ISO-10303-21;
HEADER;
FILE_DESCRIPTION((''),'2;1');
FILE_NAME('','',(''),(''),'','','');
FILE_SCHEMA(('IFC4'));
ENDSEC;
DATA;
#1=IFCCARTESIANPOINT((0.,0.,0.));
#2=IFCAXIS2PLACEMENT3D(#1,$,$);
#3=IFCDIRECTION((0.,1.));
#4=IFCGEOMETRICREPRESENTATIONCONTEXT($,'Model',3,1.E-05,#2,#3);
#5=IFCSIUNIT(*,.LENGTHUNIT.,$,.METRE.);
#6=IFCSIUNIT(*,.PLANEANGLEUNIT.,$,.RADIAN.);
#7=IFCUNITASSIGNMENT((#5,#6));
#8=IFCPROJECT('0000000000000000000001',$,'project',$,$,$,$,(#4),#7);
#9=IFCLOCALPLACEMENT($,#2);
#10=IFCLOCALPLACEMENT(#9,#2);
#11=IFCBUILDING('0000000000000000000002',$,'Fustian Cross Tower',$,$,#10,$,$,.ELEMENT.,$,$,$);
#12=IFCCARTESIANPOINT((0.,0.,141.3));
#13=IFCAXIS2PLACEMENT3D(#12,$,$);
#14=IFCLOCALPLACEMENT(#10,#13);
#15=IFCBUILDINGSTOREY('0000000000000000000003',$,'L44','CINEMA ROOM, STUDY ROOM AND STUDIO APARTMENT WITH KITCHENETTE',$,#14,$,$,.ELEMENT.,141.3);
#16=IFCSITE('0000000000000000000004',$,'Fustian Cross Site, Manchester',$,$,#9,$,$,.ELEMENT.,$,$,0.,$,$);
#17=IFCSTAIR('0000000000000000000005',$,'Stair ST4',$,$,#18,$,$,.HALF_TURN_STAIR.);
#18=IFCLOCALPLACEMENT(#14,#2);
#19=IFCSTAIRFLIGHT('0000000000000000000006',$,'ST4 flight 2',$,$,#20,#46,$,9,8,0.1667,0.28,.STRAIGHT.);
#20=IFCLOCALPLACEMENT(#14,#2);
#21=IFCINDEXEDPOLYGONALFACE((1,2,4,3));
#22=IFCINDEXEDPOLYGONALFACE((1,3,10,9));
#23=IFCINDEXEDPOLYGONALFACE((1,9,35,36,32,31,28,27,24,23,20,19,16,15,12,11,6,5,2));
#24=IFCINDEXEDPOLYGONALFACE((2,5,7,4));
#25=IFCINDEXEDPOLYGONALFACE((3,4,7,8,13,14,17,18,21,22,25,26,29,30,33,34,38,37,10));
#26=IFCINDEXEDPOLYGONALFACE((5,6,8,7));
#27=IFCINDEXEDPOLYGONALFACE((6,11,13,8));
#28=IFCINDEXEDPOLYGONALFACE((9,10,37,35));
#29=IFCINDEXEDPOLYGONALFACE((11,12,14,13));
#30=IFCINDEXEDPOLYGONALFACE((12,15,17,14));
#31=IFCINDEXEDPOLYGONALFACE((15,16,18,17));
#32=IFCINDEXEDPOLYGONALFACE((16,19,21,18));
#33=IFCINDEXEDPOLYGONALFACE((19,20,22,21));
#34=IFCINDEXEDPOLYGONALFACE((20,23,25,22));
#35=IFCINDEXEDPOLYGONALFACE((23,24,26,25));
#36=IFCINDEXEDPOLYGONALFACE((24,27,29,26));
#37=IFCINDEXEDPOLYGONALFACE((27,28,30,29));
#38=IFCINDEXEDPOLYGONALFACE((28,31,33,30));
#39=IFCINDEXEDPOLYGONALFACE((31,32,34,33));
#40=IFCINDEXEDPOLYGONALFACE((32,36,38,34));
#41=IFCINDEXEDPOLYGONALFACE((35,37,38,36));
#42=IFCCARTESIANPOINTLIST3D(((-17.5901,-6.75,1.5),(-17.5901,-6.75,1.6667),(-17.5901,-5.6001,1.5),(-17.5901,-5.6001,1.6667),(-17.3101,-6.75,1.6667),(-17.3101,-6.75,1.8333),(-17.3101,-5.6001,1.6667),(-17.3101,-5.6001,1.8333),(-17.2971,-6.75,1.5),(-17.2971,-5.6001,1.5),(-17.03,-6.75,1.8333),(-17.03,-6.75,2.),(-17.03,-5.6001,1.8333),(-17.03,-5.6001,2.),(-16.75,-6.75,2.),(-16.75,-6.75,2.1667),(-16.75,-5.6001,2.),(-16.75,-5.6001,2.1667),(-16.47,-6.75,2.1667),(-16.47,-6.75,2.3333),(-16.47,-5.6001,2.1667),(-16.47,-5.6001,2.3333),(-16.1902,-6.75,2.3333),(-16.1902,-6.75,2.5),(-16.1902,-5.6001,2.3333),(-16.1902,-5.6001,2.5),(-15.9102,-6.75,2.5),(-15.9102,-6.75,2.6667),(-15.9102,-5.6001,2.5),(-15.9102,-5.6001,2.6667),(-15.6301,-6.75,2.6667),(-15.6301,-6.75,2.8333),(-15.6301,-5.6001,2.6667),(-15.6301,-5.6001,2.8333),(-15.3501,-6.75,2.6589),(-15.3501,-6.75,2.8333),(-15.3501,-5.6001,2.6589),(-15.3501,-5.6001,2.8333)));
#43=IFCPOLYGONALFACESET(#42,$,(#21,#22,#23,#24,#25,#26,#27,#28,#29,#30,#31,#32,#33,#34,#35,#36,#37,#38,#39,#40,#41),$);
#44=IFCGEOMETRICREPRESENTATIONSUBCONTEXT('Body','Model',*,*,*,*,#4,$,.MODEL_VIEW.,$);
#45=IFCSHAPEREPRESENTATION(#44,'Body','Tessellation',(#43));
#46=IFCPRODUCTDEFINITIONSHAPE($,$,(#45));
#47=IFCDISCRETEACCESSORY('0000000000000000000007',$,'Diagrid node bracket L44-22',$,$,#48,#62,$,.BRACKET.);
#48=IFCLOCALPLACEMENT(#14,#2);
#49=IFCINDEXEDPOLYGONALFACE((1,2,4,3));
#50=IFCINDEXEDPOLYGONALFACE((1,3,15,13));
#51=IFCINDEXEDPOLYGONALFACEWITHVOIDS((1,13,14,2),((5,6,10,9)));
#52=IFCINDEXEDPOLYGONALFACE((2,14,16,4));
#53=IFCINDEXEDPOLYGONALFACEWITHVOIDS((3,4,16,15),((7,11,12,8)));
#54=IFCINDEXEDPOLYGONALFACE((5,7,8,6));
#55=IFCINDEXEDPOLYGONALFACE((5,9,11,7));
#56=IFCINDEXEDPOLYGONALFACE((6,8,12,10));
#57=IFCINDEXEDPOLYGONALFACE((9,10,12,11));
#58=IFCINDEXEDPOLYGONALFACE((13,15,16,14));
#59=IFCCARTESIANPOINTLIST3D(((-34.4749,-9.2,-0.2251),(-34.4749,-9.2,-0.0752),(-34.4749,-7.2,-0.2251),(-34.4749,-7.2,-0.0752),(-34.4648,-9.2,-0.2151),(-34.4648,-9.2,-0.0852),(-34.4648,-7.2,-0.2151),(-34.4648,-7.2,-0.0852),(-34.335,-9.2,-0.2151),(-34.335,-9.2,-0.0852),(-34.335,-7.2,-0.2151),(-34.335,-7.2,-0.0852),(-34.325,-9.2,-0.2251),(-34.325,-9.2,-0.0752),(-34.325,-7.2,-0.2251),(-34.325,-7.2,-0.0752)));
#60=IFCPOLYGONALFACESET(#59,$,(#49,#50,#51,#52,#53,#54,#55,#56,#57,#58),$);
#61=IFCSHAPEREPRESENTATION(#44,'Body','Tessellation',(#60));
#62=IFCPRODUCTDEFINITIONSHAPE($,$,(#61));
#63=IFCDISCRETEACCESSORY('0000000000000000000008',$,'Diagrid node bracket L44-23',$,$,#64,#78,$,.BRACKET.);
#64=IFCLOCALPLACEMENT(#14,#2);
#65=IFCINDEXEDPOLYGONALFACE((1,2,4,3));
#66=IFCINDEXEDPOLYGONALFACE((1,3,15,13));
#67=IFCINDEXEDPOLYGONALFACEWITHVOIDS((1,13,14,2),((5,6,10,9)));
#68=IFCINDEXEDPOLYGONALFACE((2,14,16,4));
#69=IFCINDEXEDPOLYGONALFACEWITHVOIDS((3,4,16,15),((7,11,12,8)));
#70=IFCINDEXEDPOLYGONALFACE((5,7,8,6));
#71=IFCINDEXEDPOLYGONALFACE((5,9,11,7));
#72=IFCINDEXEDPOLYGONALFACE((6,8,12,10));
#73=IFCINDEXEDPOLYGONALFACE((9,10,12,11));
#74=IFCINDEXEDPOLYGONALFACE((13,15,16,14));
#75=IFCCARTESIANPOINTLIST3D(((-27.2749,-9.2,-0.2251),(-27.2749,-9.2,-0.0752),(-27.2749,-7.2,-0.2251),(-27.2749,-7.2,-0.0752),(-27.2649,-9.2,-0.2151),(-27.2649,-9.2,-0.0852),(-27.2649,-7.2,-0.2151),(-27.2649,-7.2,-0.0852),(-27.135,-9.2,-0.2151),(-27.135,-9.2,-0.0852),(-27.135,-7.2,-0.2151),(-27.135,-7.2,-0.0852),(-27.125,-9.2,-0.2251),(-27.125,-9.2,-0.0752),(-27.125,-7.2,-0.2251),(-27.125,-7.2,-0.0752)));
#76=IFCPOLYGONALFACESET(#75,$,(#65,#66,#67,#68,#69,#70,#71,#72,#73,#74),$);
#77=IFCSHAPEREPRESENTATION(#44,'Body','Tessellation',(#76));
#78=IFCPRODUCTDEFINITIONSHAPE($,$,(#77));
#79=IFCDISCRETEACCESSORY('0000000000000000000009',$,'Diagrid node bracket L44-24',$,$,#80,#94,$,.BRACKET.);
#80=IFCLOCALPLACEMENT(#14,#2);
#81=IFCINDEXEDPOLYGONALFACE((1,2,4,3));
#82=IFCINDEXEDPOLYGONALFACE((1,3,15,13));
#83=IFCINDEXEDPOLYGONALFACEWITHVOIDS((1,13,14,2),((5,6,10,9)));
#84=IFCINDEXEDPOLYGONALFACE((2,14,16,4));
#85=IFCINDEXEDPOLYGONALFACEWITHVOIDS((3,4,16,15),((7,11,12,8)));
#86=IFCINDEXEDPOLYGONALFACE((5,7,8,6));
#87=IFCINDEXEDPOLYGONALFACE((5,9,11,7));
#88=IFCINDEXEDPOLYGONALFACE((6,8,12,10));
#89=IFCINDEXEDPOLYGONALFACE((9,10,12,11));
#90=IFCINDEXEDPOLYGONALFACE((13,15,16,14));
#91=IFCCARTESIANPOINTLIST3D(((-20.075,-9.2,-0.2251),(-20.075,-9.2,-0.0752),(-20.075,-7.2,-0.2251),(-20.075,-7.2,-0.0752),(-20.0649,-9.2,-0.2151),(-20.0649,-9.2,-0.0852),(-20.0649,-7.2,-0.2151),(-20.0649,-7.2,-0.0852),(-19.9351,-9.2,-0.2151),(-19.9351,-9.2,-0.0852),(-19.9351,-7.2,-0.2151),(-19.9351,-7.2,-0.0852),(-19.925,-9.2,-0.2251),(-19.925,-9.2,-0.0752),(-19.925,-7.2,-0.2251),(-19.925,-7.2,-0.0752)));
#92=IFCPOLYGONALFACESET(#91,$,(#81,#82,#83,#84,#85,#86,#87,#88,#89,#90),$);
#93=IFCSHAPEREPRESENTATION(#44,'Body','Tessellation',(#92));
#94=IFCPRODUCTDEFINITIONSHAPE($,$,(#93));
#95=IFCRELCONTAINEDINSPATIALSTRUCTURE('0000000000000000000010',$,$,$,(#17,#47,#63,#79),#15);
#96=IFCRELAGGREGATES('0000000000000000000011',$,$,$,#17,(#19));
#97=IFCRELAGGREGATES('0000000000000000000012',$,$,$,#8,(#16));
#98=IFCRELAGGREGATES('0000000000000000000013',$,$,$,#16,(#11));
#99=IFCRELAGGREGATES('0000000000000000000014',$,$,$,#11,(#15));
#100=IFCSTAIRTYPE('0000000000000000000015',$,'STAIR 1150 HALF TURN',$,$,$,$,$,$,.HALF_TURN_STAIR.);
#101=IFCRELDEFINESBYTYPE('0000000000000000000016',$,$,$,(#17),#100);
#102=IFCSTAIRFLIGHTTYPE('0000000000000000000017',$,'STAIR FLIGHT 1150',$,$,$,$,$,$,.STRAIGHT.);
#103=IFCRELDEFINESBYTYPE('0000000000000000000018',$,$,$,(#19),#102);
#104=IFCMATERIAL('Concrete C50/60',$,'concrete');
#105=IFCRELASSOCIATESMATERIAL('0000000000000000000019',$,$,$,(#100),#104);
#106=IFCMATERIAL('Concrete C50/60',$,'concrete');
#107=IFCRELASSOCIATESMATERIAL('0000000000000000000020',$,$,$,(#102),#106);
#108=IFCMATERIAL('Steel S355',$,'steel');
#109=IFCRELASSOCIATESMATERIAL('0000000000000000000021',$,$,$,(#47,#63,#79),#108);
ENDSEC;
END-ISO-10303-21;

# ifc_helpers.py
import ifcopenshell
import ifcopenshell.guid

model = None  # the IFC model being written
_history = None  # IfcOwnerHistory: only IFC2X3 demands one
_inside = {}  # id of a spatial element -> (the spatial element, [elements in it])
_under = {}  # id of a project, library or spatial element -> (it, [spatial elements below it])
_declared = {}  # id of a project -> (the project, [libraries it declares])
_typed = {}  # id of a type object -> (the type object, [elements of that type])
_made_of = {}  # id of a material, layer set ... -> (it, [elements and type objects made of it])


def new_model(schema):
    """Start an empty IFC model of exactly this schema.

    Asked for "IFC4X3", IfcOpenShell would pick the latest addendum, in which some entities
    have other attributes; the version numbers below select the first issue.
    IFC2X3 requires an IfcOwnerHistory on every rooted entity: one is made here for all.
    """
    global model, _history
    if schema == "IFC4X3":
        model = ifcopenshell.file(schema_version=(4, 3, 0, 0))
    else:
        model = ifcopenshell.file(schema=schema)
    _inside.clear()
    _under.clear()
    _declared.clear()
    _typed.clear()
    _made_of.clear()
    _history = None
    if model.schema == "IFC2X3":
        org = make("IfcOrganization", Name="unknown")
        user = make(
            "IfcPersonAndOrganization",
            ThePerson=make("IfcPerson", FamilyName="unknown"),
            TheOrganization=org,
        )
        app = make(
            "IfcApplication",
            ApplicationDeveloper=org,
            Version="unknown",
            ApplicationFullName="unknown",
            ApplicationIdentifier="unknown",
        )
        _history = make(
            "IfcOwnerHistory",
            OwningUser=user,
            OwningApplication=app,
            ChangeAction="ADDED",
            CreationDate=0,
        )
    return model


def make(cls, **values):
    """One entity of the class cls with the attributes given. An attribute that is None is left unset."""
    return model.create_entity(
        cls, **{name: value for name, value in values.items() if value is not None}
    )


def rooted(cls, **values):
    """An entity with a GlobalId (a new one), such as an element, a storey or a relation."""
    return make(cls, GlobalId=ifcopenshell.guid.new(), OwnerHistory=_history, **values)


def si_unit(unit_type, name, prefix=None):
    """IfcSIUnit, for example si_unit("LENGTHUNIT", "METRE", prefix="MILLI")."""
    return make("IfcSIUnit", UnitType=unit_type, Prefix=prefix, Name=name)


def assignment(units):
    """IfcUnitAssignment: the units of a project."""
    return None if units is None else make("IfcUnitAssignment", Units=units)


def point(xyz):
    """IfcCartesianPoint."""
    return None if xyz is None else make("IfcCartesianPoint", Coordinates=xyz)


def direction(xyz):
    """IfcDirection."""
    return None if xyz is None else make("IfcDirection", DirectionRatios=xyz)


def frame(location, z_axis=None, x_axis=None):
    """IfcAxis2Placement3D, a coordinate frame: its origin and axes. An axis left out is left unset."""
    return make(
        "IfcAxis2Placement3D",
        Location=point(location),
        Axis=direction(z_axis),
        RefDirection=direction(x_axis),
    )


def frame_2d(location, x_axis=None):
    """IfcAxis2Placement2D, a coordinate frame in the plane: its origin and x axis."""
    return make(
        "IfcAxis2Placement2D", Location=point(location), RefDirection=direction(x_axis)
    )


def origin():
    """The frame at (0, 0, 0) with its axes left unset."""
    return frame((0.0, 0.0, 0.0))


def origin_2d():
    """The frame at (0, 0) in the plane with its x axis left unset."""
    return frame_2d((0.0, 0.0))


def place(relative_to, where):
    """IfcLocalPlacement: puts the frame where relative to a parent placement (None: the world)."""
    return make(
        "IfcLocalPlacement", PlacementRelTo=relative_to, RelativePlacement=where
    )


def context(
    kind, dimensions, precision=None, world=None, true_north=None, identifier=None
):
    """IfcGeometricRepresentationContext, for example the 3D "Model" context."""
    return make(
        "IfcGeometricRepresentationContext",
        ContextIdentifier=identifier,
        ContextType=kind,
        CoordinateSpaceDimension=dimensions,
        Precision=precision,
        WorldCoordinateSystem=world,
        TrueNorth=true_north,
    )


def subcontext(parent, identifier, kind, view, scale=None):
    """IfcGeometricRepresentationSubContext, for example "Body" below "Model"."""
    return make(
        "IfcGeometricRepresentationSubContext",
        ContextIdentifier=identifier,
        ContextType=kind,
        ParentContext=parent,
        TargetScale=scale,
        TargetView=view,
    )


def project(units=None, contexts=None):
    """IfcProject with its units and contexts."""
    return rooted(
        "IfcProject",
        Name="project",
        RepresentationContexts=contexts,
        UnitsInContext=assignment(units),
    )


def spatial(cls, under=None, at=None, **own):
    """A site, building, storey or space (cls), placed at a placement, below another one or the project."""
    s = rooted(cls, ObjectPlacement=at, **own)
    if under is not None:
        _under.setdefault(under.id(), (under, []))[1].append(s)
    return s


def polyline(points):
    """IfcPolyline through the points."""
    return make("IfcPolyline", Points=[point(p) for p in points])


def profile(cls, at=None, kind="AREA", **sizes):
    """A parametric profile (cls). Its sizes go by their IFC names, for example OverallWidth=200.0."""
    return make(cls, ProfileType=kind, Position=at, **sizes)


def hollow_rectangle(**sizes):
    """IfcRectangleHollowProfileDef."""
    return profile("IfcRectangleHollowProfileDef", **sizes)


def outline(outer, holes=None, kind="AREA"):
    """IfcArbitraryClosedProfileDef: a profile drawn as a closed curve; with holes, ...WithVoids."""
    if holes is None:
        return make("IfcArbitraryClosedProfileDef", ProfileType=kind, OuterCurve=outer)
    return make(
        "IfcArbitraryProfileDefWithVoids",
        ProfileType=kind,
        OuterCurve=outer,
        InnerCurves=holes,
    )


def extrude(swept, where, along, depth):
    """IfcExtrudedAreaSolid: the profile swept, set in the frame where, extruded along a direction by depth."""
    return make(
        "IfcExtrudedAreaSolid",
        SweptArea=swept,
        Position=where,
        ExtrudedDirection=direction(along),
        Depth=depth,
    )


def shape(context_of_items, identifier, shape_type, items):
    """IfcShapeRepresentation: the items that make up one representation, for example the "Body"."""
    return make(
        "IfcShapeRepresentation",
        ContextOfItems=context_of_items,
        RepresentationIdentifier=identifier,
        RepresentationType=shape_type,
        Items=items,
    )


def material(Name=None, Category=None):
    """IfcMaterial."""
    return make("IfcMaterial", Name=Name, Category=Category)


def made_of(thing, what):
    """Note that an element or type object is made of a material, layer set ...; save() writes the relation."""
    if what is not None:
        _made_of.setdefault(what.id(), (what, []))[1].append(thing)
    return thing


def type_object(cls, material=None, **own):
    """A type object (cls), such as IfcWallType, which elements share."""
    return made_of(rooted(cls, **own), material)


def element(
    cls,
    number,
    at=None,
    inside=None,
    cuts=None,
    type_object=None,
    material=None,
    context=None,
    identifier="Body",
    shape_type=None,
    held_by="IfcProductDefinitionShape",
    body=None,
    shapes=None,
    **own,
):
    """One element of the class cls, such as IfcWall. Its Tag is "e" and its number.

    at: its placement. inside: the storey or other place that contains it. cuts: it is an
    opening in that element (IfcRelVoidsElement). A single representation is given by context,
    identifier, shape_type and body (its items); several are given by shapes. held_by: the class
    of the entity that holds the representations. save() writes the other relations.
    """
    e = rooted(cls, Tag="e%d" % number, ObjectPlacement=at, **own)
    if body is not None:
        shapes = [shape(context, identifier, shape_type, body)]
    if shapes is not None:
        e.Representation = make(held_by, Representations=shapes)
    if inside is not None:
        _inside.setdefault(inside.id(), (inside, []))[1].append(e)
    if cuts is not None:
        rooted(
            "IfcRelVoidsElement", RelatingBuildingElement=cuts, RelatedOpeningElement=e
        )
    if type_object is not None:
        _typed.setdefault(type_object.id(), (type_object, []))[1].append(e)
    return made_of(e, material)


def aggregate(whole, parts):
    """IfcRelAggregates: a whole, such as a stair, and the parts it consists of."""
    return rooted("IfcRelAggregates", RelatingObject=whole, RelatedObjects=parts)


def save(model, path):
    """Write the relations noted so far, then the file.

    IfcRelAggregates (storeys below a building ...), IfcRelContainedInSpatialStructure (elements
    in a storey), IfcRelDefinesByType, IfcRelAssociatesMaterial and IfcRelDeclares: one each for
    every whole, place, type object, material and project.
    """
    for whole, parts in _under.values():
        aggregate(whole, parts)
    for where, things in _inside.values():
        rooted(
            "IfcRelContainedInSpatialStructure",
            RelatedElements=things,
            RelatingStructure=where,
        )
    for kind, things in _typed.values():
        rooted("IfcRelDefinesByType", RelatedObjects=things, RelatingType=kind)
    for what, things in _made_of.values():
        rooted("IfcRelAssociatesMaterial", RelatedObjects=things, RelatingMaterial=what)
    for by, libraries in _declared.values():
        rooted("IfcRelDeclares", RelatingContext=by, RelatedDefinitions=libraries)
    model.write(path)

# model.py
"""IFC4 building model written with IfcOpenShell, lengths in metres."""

from ifc_helpers import new_model, si_unit, direction, frame, origin, origin_2d, place, context, subcontext, project, spatial, polyline, hollow_rectangle, outline, extrude, material, type_object, element, aggregate, save


model = new_model("IFC4")

# Units and contexts
model_context = context("Model", 3, precision=1e-05, world=origin(), true_north=direction((0.0, 1.0)))
body_context = subcontext(model_context, "Body", "Model", "MODEL_VIEW")
ifc_project = project(units=[si_unit("LENGTHUNIT", "METRE"), si_unit("PLANEANGLEUNIT", "RADIAN")], contexts=[model_context])

# Site, building, storey
site_placement = place(None, origin())
site = spatial("IfcSite", under=ifc_project, at=site_placement, Name="Fustian Cross Site, Manchester", CompositionType="ELEMENT", RefElevation=0.0)
building_placement = place(site_placement, origin())
building = spatial("IfcBuilding", under=site, at=building_placement, Name="Fustian Cross Tower", CompositionType="ELEMENT")
storey_placement = place(building_placement, frame((0.0, 0.0, 141.3)))
storey = spatial("IfcBuildingStorey", under=building, at=storey_placement, Name="L44", Description="CINEMA ROOM, STUDY ROOM AND STUDIO APARTMENT WITH KITCHENETTE", CompositionType="ELEMENT", Elevation=141.3)

# Stair, stair flight
ifc_material_1 = material(Name="Concrete C50/60", Category="concrete")
stair_type = type_object("IfcStairType", Name="STAIR 1150 HALF TURN", PredefinedType="HALF_TURN_STAIR", material=ifc_material_1)
stair_placement = place(storey_placement, origin())
stair = element("IfcStair", 1, at=stair_placement, inside=storey, type_object=stair_type, Name="Stair ST4", PredefinedType="HALF_TURN_STAIR")
ifc_material_2 = material(Name="Concrete C50/60", Category="concrete")
stair_flight_type = type_object("IfcStairFlightType", Name="STAIR FLIGHT 1150", PredefinedType="STRAIGHT", material=ifc_material_2)
stair_flight_1_placement = place(storey_placement, frame((-17.5901, -6.175, 1.5), z_axis=(0.0, 0.0, 1.0), x_axis=(1.0, 0.0, 0.0)))
stair_flight_1 = element("IfcStairFlight", 2, at=stair_flight_1_placement, type_object=stair_flight_type, Name="ST4 flight 2", NumberOfRisers=9, NumberOfTreads=8, PredefinedType="STRAIGHT", RiserHeight=0.1667, TreadLength=0.28, context=body_context, shape_type="SweptSolid", body=[
    extrude(outline(polyline([(0.0, 0.0), (0.0, 0.1667), (0.28, 0.1667), (0.28, 0.3333), (0.5601, 0.3333), (0.5601, 0.5), (0.8401, 0.5), (0.8401, 0.6667), (1.1201, 0.6667), (1.1201, 0.8333), (1.3999, 0.8333), (1.3999, 1.0), (1.6799, 1.0), (1.6799, 1.1667), (1.96, 1.1667), (1.96, 1.3333), (2.24, 1.3333), (2.24, 1.5), (2.24, 1.1589), (0.293, 0.0), (0.0, 0.0)])), frame((0.0, 0.575, 0.0), z_axis=(0.0, -1.0, 0.0), x_axis=(1.0, 0.0, 0.0)), (0.0, 0.0, 1.0), 1.1499),
])
aggregate(stair, [stair_flight_1])

# Discrete accessories
ifc_material_3 = material(Name="Steel S355", Category="steel")
for number, where, z_axis, x_axis, name in (
    (3, (-34.3999, -9.2, -0.1501), (0.0, 1.0, 0.0), (-1.0, 0.0, 0.0), "Diagrid node bracket L44-22"),
    (4, (-27.2, -9.2, -0.1501), (0.0, 1.0, 0.0), (-1.0, 0.0, 0.0), "Diagrid node bracket L44-23"),
    (5, (-20.0, -9.2, -0.1501), (0.0, 1.0, 0.0), (-1.0, 0.0, 0.0), "Diagrid node bracket L44-24"),
):
    element("IfcDiscreteAccessory", number, at=place(storey_placement, frame(where, z_axis=z_axis, x_axis=x_axis)), inside=storey, material=ifc_material_3, Name=name, PredefinedType="BRACKET", context=body_context, shape_type="SweptSolid", body=[
        extrude(hollow_rectangle(XDim=0.1499, YDim=0.1499, WallThickness=0.01, at=origin_2d()), origin(), (0.0, 0.0, 1.0), 2.0),
    ])

save(model, "model.ifc")
